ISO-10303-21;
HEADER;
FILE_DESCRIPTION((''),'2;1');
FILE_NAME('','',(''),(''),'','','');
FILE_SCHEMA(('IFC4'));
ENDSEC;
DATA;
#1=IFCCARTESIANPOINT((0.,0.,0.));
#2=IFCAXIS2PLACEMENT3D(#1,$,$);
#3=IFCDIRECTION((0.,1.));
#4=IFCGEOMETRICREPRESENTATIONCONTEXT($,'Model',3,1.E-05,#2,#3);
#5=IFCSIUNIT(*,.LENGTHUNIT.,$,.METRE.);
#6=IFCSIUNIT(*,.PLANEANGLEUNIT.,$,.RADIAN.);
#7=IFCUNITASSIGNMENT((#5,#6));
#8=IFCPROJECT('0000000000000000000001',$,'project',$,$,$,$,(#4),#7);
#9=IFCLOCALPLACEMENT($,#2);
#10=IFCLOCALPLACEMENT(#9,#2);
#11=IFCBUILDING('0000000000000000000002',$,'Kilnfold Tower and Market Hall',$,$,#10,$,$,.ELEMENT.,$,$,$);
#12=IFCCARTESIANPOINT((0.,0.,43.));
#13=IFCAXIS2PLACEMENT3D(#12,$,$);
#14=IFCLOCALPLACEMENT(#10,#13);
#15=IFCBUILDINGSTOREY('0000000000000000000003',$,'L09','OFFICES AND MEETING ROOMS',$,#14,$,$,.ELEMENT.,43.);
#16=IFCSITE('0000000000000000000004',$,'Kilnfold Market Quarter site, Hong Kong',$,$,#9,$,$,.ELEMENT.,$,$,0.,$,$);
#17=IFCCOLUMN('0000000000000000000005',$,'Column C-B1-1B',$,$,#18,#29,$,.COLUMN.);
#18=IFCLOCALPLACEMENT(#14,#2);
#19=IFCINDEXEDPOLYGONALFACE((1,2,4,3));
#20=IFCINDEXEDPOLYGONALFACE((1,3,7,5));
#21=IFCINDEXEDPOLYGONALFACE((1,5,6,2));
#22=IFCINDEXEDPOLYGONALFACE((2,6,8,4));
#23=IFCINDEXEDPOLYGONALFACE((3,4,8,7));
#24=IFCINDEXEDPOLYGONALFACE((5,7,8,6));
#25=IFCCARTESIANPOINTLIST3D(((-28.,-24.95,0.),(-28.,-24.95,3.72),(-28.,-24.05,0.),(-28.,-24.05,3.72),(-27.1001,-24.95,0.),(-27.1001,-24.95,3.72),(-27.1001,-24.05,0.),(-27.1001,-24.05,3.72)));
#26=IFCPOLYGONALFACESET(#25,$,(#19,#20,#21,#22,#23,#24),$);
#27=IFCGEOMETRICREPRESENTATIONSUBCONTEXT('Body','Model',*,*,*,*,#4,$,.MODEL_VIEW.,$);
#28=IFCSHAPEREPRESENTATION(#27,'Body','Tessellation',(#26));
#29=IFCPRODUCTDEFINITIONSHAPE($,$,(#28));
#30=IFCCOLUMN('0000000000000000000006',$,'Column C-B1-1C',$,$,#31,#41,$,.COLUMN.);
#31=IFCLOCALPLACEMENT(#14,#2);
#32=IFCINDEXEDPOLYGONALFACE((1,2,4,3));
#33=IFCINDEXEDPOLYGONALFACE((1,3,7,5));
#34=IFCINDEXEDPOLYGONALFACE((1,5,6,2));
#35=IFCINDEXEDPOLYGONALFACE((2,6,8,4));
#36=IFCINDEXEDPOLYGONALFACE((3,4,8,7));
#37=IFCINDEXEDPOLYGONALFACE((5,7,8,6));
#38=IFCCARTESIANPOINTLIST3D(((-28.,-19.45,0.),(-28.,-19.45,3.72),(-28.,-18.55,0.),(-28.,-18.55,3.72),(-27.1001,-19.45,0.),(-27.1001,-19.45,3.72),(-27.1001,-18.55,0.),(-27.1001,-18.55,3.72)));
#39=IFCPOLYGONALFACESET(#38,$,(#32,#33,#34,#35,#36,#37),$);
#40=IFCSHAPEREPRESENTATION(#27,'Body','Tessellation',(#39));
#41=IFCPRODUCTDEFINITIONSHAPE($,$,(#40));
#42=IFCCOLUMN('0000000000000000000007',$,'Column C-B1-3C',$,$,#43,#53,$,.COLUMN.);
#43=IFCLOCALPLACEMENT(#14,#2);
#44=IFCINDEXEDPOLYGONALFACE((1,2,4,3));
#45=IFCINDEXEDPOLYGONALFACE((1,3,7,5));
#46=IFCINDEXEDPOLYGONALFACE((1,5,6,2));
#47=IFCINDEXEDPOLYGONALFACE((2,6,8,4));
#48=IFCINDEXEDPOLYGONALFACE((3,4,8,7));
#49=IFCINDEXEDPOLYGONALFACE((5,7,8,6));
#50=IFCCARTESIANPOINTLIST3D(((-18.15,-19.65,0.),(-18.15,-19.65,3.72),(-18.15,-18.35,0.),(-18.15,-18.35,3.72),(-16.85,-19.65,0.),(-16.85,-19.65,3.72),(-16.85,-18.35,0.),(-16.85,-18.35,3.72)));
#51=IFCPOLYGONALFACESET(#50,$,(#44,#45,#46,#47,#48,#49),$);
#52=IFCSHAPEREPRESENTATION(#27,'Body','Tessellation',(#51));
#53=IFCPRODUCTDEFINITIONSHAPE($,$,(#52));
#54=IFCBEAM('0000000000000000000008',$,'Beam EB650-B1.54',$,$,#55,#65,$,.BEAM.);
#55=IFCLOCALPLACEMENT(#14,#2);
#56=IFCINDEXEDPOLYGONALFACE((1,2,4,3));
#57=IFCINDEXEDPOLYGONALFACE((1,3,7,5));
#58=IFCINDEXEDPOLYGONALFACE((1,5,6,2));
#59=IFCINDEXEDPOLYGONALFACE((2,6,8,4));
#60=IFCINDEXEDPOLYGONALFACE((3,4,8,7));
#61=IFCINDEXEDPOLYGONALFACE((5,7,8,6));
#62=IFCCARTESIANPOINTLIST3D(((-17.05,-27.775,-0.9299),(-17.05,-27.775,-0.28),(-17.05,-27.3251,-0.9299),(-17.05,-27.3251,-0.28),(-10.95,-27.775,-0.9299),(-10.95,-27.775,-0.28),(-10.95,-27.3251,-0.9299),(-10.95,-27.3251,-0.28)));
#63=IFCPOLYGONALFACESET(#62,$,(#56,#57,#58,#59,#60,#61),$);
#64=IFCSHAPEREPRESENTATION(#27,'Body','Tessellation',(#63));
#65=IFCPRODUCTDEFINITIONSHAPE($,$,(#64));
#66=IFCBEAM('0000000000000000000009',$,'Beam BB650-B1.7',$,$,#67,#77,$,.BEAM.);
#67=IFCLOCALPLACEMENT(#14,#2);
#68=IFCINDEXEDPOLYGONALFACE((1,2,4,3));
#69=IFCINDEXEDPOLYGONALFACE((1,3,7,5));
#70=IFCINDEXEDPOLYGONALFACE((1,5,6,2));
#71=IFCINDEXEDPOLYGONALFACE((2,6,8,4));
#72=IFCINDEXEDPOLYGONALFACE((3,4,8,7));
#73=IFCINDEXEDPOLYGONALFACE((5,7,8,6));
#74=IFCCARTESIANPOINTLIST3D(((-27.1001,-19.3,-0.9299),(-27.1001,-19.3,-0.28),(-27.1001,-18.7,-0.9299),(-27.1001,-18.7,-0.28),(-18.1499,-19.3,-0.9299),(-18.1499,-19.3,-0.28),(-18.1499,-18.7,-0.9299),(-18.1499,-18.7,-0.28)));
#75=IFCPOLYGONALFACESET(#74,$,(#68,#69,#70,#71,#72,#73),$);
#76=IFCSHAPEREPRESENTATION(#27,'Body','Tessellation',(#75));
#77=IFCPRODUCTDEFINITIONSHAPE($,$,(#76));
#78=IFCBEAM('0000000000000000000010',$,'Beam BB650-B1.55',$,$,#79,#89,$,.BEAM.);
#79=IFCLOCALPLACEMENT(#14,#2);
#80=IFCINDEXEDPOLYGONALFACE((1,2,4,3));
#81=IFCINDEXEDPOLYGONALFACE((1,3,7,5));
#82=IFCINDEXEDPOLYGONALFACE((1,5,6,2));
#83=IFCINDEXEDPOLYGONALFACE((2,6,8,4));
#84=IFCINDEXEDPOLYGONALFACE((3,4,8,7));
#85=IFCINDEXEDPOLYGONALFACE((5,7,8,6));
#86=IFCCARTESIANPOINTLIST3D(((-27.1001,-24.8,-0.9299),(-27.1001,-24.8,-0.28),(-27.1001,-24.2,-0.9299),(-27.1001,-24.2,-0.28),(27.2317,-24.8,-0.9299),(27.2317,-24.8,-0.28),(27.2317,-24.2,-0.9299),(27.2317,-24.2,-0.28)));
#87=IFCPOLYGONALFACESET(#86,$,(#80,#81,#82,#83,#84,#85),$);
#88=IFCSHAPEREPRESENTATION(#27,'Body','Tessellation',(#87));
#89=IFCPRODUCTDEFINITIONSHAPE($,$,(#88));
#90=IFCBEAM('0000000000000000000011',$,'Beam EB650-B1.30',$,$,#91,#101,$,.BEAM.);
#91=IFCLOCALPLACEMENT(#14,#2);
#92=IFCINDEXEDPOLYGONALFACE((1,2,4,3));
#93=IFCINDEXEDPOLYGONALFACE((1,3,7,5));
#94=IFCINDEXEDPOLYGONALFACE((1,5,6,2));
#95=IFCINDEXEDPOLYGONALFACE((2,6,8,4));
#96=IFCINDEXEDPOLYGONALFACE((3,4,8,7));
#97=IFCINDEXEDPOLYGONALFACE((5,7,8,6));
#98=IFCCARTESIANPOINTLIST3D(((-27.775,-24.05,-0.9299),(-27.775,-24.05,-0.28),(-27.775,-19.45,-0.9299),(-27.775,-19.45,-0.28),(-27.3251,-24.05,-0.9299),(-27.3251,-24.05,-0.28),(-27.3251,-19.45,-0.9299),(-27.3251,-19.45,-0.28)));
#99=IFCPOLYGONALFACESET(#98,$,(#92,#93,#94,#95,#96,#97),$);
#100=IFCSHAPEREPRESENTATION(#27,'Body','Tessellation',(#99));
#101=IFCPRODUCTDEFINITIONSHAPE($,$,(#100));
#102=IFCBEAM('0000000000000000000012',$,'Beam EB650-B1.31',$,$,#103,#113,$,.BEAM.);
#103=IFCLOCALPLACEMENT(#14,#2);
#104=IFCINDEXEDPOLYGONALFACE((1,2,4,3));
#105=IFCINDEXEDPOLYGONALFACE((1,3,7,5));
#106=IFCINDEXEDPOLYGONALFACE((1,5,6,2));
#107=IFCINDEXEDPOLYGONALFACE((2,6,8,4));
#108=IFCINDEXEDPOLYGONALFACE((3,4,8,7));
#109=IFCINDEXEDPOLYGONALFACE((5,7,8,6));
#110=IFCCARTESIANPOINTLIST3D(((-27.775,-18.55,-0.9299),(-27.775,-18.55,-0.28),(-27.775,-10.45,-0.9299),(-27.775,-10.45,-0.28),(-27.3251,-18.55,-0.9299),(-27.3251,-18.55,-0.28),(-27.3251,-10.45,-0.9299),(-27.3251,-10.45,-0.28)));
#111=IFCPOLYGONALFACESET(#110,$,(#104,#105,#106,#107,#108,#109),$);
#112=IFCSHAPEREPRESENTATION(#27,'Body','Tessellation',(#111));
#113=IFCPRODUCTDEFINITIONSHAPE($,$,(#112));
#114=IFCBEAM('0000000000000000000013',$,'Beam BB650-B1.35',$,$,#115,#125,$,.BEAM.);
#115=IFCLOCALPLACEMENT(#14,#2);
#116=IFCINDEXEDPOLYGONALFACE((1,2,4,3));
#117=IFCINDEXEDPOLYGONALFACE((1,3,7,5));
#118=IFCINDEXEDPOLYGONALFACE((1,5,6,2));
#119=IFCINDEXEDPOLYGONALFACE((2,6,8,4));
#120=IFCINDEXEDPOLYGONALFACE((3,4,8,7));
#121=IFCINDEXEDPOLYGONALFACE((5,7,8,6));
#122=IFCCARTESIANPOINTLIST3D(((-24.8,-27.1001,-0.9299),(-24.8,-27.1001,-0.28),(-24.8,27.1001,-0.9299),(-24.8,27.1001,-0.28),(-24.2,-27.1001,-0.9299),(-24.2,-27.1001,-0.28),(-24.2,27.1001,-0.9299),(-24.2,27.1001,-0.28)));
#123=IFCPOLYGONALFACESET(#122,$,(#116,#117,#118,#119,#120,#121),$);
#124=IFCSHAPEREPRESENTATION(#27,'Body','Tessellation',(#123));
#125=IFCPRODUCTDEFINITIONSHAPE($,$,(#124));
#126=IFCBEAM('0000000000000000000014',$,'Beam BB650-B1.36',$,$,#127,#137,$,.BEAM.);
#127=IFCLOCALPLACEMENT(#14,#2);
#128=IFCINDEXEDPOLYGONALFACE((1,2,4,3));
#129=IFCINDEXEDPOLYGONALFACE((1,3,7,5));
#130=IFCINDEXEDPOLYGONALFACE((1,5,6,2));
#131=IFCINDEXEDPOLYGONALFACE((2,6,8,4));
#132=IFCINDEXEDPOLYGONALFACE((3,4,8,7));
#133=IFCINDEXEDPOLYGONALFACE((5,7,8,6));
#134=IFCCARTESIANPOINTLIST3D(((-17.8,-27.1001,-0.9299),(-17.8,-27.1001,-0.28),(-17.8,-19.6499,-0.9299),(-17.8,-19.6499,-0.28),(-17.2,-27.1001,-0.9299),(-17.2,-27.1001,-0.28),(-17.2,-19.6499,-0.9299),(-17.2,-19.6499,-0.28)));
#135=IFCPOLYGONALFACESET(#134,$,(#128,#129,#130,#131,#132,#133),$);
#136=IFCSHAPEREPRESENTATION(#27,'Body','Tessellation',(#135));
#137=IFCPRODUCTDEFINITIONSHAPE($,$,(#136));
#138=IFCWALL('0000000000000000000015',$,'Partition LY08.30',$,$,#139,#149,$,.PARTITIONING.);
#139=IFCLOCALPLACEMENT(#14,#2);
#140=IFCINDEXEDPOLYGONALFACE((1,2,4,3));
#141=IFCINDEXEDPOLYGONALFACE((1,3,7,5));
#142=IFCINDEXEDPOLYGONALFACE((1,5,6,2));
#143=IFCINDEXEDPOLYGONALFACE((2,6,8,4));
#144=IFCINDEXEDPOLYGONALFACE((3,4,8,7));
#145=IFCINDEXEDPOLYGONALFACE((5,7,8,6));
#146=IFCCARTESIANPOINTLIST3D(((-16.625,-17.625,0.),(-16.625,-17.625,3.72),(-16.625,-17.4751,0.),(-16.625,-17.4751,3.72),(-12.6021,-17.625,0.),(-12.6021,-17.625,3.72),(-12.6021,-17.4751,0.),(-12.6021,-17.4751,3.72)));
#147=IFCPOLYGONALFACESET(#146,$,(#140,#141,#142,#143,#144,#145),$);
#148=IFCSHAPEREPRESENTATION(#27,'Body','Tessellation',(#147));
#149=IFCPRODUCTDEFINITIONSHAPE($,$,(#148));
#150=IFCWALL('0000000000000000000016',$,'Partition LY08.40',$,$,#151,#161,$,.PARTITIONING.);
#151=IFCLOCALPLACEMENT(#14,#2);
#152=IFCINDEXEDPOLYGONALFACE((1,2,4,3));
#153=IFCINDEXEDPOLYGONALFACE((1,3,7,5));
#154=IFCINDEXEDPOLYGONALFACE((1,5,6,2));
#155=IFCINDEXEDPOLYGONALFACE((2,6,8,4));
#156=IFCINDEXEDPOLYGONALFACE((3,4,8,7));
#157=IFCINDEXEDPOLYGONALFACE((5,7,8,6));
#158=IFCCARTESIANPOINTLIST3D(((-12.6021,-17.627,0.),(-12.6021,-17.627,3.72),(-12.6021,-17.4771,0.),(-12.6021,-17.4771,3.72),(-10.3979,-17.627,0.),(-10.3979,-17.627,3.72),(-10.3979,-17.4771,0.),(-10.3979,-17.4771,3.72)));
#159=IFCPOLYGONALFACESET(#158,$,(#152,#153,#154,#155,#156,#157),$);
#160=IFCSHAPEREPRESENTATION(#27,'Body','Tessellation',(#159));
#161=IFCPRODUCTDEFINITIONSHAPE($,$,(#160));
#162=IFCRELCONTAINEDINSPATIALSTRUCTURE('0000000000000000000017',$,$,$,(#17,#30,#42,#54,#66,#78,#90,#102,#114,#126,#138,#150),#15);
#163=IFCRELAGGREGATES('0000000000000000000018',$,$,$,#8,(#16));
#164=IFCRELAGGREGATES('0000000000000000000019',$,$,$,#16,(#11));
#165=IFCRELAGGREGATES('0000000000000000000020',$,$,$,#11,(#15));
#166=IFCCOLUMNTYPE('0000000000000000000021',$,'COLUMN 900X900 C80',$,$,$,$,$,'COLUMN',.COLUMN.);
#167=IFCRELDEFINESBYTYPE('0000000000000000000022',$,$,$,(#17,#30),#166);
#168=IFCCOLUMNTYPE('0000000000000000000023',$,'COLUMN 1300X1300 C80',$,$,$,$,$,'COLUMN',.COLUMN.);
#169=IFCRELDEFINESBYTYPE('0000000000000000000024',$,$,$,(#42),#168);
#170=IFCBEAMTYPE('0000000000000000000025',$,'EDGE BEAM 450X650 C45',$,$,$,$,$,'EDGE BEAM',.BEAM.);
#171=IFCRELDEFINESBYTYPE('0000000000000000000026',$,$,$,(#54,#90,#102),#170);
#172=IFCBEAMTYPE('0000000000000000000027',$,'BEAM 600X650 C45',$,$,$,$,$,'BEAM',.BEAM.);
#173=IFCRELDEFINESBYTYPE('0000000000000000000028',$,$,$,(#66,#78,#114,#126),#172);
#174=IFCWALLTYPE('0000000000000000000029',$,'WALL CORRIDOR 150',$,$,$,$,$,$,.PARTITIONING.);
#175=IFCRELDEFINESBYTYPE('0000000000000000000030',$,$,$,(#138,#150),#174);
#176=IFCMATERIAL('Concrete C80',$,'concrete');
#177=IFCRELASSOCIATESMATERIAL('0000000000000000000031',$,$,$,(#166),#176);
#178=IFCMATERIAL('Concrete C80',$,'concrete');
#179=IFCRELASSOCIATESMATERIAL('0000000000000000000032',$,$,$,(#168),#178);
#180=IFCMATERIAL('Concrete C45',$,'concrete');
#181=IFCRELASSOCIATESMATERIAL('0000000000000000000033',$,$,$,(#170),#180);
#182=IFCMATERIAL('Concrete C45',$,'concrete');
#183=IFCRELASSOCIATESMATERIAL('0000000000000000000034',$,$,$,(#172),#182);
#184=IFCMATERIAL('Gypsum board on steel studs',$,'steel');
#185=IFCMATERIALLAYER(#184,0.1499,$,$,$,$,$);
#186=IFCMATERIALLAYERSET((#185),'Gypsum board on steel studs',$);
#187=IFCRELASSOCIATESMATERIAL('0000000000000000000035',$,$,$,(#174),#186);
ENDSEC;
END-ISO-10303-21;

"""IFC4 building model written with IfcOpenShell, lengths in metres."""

from ifc_helpers import new_model, si_unit, direction, frame, frame_2d, origin, origin_2d, place, context, subcontext, project, spatial, rectangle, extrude, source, transform, mapped, material, layer, layer_set, material_profile, profile_set, type_object, element, save


model = new_model("IFC4")

# Units and contexts
model_context = context("Model", 3, precision=1e-05, world=origin(), true_north=direction((0.0, 1.0)))
body_context = subcontext(model_context, "Body", "Model", "MODEL_VIEW")
ifc_project = project(units=[si_unit("LENGTHUNIT", "METRE"), si_unit("PLANEANGLEUNIT", "RADIAN")], contexts=[model_context])

# Site, building, storey
site_placement = place(None, origin())
site = spatial("IfcSite", under=ifc_project, at=site_placement, Name="Kilnfold Market Quarter site, Hong Kong", CompositionType="ELEMENT", RefElevation=0.0)
building_placement = place(site_placement, origin())
building = spatial("IfcBuilding", under=site, at=building_placement, Name="Kilnfold Tower and Market Hall", CompositionType="ELEMENT")
storey_placement = place(building_placement, frame((0.0, 0.0, 43.0)))
storey = spatial("IfcBuildingStorey", under=building, at=storey_placement, Name="L09", Description="OFFICES AND MEETING ROOMS", CompositionType="ELEMENT", Elevation=43.0)

# Columns
ifc_material_1 = material(Name="Concrete C80", Category="concrete")
ifc_material_profile_1 = material_profile(ifc_material_1, rectangle(XDim=0.8999, YDim=0.8999, at=origin_2d()), Name="RC 900x900")
ifc_profile_set_1 = profile_set([ifc_material_profile_1], Name="Concrete C80")
column_type_1 = type_object("IfcColumnType", Name="COLUMN 900X900 C80", ElementType="COLUMN", PredefinedType="COLUMN", material=ifc_profile_set_1)
shared_shape_1 = source(origin(), body_context, "Body", "SweptSolid", [
    extrude(rectangle(XDim=0.8999, YDim=0.8999, at=origin_2d()), origin(), (0.0, 0.0, 1.0), 3.72),
])
for number, where, z_axis, x_axis, name in (
    (1, (-27.55, -24.5, 0.0), (0.0, 0.0, 1.0), (1.0, 0.0, 0.0), "Column C-B1-1B"),
    (2, (-27.55, -19.0, 0.0), (0.0, 0.0, 1.0), (1.0, 0.0, 0.0), "Column C-B1-1C"),
):
    element("IfcColumn", number, at=place(storey_placement, frame(where, z_axis=z_axis, x_axis=x_axis)), inside=storey, type_object=column_type_1, Name=name, PredefinedType="COLUMN", context=body_context, shape_type="MappedRepresentation", body=[
        mapped(shared_shape_1, transform((0.0, 0.0, 0.0))),
    ])
ifc_material_2 = material(Name="Concrete C80", Category="concrete")
ifc_material_profile_2 = material_profile(ifc_material_2, rectangle(XDim=1.3, YDim=1.3, at=origin_2d()), Name="RC 1300x1300")
ifc_profile_set_2 = profile_set([ifc_material_profile_2], Name="Concrete C80")
column_type_2 = type_object("IfcColumnType", Name="COLUMN 1300X1300 C80", ElementType="COLUMN", PredefinedType="COLUMN", material=ifc_profile_set_2)
shared_shape_2 = source(origin(), body_context, "Body", "SweptSolid", [
    extrude(rectangle(XDim=1.3, YDim=1.3, at=origin_2d()), origin(), (0.0, 0.0, 1.0), 3.72),
])
column_placement = place(storey_placement, frame((-17.5, -19.0, 0.0), z_axis=(0.0, 0.0, 1.0), x_axis=(1.0, 0.0, 0.0)))
element("IfcColumn", 3, at=column_placement, inside=storey, type_object=column_type_2, Name="Column C-B1-3C", PredefinedType="COLUMN", context=body_context, shape_type="MappedRepresentation", body=[
    mapped(shared_shape_2, transform((0.0, 0.0, 0.0))),
])

# Beams
ifc_material_3 = material(Name="Concrete C45", Category="concrete")
ifc_material_profile_3 = material_profile(ifc_material_3, rectangle(XDim=0.45, YDim=0.6499, at=origin_2d()), Name="RC 450x650")
ifc_profile_set_3 = profile_set([ifc_material_profile_3], Name="Concrete C45")
beam_type_1 = type_object("IfcBeamType", Name="EDGE BEAM 450X650 C45", ElementType="EDGE BEAM", PredefinedType="BEAM", material=ifc_profile_set_3)
shared_shape_3 = source(origin(), body_context, "Body", "SweptSolid", [
    extrude(rectangle(XDim=0.45, YDim=0.6499, at=origin_2d()), origin(), (0.0, 0.0, 1.0), 6.1001),
])
beam_1_placement = place(storey_placement, frame((-17.05, -27.55, -0.605), z_axis=(1.0, 0.0, 0.0), x_axis=(0.0, 1.0, 0.0)))
element("IfcBeam", 4, at=beam_1_placement, inside=storey, type_object=beam_type_1, Name="Beam EB650-B1.54", PredefinedType="BEAM", context=body_context, shape_type="MappedRepresentation", body=[
    mapped(shared_shape_3, transform((0.0, 0.0, 0.0))),
])
ifc_material_4 = material(Name="Concrete C45", Category="concrete")
ifc_material_profile_4 = material_profile(ifc_material_4, rectangle(XDim=0.6001, YDim=0.6499, at=origin_2d()), Name="RC 600x650")
ifc_profile_set_4 = profile_set([ifc_material_profile_4], Name="Concrete C45")
beam_type_2 = type_object("IfcBeamType", Name="BEAM 600X650 C45", ElementType="BEAM", PredefinedType="BEAM", material=ifc_profile_set_4)
shared_shape_4 = source(origin(), body_context, "Body", "SweptSolid", [
    extrude(rectangle(XDim=0.6001, YDim=0.6499, at=origin_2d()), origin(), (0.0, 0.0, 1.0), 8.9502),
])
beam_2_placement = place(storey_placement, frame((-27.1001, -19.0, -0.605), z_axis=(1.0, 0.0, 0.0), x_axis=(0.0, 1.0, 0.0)))
element("IfcBeam", 5, at=beam_2_placement, inside=storey, type_object=beam_type_2, Name="Beam BB650-B1.7", PredefinedType="BEAM", context=body_context, shape_type="MappedRepresentation", body=[
    mapped(shared_shape_4, transform((0.0, 0.0, 0.0))),
])
shared_shape_5 = source(origin(), body_context, "Body", "SweptSolid", [
    extrude(rectangle(XDim=0.6001, YDim=0.6499, at=origin_2d()), origin(), (0.0, 0.0, 1.0), 54.3318),
])
beam_3_placement = place(storey_placement, frame((-27.1001, -24.5, -0.605), z_axis=(1.0, 0.0, 0.0), x_axis=(0.0, 1.0, 0.0)))
element("IfcBeam", 6, at=beam_3_placement, inside=storey, type_object=beam_type_2, Name="Beam BB650-B1.55", PredefinedType="BEAM", context=body_context, shape_type="MappedRepresentation", body=[
    mapped(shared_shape_5, transform((0.0, 0.0, 0.0))),
])
shared_shape_6 = source(origin(), body_context, "Body", "SweptSolid", [
    extrude(rectangle(XDim=0.45, YDim=0.6499, at=origin_2d()), origin(), (0.0, 0.0, 1.0), 4.6001),
])
beam_4_placement = place(storey_placement, frame((-27.55, -24.05, -0.605), z_axis=(0.0, 1.0, 0.0), x_axis=(-1.0, 0.0, 0.0)))
element("IfcBeam", 7, at=beam_4_placement, inside=storey, type_object=beam_type_1, Name="Beam EB650-B1.30", PredefinedType="BEAM", context=body_context, shape_type="MappedRepresentation", body=[
    mapped(shared_shape_6, transform((0.0, 0.0, 0.0))),
])
shared_shape_7 = source(origin(), body_context, "Body", "SweptSolid", [
    extrude(rectangle(XDim=0.45, YDim=0.6499, at=origin_2d()), origin(), (0.0, 0.0, 1.0), 8.1001),
])
beam_5_placement = place(storey_placement, frame((-27.55, -18.55, -0.605), z_axis=(0.0, 1.0, 0.0), x_axis=(-1.0, 0.0, 0.0)))
element("IfcBeam", 8, at=beam_5_placement, inside=storey, type_object=beam_type_1, Name="Beam EB650-B1.31", PredefinedType="BEAM", context=body_context, shape_type="MappedRepresentation", body=[
    mapped(shared_shape_7, transform((0.0, 0.0, 0.0))),
])
shared_shape_8 = source(origin(), body_context, "Body", "SweptSolid", [
    extrude(rectangle(XDim=0.6001, YDim=0.6499, at=origin_2d()), origin(), (0.0, 0.0, 1.0), 54.2002),
])
beam_6_placement = place(storey_placement, frame((-24.5, -27.1001, -0.605), z_axis=(0.0, 1.0, 0.0), x_axis=(-1.0, 0.0, 0.0)))
element("IfcBeam", 9, at=beam_6_placement, inside=storey, type_object=beam_type_2, Name="Beam BB650-B1.35", PredefinedType="BEAM", context=body_context, shape_type="MappedRepresentation", body=[
    mapped(shared_shape_8, transform((0.0, 0.0, 0.0))),
])
shared_shape_9 = source(origin(), body_context, "Body", "SweptSolid", [
    extrude(rectangle(XDim=0.6001, YDim=0.6499, at=origin_2d()), origin(), (0.0, 0.0, 1.0), 7.4502),
])
beam_7_placement = place(storey_placement, frame((-17.5, -27.1001, -0.605), z_axis=(0.0, 1.0, 0.0), x_axis=(-1.0, 0.0, 0.0)))
element("IfcBeam", 10, at=beam_7_placement, inside=storey, type_object=beam_type_2, Name="Beam BB650-B1.36", PredefinedType="BEAM", context=body_context, shape_type="MappedRepresentation", body=[
    mapped(shared_shape_9, transform((0.0, 0.0, 0.0))),
])

# Walls
ifc_material_5 = material(Name="Gypsum board on steel studs", Category="steel")
ifc_layer_1 = layer(ifc_material_5, 0.1499)
ifc_layer_set_1 = layer_set([ifc_layer_1], Name="Gypsum board on steel studs")
wall_type_1 = type_object("IfcWallType", Name="WALL CORRIDOR 150", PredefinedType="PARTITIONING", material=ifc_layer_set_1)
wall_1_placement = place(storey_placement, frame((-16.625, -17.55, 0.0), z_axis=(0.0, 0.0, 1.0), x_axis=(1.0, 0.0, 0.0)))
element("IfcWall", 11, at=wall_1_placement, inside=storey, type_object=wall_type_1, Name="Partition LY08.30", PredefinedType="PARTITIONING", context=body_context, shape_type="SweptSolid", body=[
    extrude(rectangle(XDim=4.0229, YDim=0.1499, at=frame_2d((2.0115, 0.0))), origin(), (0.0, 0.0, 1.0), 3.72),
])
wall_2_placement = place(storey_placement, frame((-12.6021, -17.552, 0.0), z_axis=(0.0, 0.0, 1.0), x_axis=(1.0, 0.0, 0.0)))
element("IfcWall", 12, at=wall_2_placement, inside=storey, type_object=wall_type_1, Name="Partition LY08.40", PredefinedType="PARTITIONING", context=body_context, shape_type="SweptSolid", body=[
    extrude(rectangle(XDim=2.2041, YDim=0.1499, at=frame_2d((1.1021, 0.0))), origin(), (0.0, 0.0, 1.0), 3.72),
])

save(model, "model.ifc")
